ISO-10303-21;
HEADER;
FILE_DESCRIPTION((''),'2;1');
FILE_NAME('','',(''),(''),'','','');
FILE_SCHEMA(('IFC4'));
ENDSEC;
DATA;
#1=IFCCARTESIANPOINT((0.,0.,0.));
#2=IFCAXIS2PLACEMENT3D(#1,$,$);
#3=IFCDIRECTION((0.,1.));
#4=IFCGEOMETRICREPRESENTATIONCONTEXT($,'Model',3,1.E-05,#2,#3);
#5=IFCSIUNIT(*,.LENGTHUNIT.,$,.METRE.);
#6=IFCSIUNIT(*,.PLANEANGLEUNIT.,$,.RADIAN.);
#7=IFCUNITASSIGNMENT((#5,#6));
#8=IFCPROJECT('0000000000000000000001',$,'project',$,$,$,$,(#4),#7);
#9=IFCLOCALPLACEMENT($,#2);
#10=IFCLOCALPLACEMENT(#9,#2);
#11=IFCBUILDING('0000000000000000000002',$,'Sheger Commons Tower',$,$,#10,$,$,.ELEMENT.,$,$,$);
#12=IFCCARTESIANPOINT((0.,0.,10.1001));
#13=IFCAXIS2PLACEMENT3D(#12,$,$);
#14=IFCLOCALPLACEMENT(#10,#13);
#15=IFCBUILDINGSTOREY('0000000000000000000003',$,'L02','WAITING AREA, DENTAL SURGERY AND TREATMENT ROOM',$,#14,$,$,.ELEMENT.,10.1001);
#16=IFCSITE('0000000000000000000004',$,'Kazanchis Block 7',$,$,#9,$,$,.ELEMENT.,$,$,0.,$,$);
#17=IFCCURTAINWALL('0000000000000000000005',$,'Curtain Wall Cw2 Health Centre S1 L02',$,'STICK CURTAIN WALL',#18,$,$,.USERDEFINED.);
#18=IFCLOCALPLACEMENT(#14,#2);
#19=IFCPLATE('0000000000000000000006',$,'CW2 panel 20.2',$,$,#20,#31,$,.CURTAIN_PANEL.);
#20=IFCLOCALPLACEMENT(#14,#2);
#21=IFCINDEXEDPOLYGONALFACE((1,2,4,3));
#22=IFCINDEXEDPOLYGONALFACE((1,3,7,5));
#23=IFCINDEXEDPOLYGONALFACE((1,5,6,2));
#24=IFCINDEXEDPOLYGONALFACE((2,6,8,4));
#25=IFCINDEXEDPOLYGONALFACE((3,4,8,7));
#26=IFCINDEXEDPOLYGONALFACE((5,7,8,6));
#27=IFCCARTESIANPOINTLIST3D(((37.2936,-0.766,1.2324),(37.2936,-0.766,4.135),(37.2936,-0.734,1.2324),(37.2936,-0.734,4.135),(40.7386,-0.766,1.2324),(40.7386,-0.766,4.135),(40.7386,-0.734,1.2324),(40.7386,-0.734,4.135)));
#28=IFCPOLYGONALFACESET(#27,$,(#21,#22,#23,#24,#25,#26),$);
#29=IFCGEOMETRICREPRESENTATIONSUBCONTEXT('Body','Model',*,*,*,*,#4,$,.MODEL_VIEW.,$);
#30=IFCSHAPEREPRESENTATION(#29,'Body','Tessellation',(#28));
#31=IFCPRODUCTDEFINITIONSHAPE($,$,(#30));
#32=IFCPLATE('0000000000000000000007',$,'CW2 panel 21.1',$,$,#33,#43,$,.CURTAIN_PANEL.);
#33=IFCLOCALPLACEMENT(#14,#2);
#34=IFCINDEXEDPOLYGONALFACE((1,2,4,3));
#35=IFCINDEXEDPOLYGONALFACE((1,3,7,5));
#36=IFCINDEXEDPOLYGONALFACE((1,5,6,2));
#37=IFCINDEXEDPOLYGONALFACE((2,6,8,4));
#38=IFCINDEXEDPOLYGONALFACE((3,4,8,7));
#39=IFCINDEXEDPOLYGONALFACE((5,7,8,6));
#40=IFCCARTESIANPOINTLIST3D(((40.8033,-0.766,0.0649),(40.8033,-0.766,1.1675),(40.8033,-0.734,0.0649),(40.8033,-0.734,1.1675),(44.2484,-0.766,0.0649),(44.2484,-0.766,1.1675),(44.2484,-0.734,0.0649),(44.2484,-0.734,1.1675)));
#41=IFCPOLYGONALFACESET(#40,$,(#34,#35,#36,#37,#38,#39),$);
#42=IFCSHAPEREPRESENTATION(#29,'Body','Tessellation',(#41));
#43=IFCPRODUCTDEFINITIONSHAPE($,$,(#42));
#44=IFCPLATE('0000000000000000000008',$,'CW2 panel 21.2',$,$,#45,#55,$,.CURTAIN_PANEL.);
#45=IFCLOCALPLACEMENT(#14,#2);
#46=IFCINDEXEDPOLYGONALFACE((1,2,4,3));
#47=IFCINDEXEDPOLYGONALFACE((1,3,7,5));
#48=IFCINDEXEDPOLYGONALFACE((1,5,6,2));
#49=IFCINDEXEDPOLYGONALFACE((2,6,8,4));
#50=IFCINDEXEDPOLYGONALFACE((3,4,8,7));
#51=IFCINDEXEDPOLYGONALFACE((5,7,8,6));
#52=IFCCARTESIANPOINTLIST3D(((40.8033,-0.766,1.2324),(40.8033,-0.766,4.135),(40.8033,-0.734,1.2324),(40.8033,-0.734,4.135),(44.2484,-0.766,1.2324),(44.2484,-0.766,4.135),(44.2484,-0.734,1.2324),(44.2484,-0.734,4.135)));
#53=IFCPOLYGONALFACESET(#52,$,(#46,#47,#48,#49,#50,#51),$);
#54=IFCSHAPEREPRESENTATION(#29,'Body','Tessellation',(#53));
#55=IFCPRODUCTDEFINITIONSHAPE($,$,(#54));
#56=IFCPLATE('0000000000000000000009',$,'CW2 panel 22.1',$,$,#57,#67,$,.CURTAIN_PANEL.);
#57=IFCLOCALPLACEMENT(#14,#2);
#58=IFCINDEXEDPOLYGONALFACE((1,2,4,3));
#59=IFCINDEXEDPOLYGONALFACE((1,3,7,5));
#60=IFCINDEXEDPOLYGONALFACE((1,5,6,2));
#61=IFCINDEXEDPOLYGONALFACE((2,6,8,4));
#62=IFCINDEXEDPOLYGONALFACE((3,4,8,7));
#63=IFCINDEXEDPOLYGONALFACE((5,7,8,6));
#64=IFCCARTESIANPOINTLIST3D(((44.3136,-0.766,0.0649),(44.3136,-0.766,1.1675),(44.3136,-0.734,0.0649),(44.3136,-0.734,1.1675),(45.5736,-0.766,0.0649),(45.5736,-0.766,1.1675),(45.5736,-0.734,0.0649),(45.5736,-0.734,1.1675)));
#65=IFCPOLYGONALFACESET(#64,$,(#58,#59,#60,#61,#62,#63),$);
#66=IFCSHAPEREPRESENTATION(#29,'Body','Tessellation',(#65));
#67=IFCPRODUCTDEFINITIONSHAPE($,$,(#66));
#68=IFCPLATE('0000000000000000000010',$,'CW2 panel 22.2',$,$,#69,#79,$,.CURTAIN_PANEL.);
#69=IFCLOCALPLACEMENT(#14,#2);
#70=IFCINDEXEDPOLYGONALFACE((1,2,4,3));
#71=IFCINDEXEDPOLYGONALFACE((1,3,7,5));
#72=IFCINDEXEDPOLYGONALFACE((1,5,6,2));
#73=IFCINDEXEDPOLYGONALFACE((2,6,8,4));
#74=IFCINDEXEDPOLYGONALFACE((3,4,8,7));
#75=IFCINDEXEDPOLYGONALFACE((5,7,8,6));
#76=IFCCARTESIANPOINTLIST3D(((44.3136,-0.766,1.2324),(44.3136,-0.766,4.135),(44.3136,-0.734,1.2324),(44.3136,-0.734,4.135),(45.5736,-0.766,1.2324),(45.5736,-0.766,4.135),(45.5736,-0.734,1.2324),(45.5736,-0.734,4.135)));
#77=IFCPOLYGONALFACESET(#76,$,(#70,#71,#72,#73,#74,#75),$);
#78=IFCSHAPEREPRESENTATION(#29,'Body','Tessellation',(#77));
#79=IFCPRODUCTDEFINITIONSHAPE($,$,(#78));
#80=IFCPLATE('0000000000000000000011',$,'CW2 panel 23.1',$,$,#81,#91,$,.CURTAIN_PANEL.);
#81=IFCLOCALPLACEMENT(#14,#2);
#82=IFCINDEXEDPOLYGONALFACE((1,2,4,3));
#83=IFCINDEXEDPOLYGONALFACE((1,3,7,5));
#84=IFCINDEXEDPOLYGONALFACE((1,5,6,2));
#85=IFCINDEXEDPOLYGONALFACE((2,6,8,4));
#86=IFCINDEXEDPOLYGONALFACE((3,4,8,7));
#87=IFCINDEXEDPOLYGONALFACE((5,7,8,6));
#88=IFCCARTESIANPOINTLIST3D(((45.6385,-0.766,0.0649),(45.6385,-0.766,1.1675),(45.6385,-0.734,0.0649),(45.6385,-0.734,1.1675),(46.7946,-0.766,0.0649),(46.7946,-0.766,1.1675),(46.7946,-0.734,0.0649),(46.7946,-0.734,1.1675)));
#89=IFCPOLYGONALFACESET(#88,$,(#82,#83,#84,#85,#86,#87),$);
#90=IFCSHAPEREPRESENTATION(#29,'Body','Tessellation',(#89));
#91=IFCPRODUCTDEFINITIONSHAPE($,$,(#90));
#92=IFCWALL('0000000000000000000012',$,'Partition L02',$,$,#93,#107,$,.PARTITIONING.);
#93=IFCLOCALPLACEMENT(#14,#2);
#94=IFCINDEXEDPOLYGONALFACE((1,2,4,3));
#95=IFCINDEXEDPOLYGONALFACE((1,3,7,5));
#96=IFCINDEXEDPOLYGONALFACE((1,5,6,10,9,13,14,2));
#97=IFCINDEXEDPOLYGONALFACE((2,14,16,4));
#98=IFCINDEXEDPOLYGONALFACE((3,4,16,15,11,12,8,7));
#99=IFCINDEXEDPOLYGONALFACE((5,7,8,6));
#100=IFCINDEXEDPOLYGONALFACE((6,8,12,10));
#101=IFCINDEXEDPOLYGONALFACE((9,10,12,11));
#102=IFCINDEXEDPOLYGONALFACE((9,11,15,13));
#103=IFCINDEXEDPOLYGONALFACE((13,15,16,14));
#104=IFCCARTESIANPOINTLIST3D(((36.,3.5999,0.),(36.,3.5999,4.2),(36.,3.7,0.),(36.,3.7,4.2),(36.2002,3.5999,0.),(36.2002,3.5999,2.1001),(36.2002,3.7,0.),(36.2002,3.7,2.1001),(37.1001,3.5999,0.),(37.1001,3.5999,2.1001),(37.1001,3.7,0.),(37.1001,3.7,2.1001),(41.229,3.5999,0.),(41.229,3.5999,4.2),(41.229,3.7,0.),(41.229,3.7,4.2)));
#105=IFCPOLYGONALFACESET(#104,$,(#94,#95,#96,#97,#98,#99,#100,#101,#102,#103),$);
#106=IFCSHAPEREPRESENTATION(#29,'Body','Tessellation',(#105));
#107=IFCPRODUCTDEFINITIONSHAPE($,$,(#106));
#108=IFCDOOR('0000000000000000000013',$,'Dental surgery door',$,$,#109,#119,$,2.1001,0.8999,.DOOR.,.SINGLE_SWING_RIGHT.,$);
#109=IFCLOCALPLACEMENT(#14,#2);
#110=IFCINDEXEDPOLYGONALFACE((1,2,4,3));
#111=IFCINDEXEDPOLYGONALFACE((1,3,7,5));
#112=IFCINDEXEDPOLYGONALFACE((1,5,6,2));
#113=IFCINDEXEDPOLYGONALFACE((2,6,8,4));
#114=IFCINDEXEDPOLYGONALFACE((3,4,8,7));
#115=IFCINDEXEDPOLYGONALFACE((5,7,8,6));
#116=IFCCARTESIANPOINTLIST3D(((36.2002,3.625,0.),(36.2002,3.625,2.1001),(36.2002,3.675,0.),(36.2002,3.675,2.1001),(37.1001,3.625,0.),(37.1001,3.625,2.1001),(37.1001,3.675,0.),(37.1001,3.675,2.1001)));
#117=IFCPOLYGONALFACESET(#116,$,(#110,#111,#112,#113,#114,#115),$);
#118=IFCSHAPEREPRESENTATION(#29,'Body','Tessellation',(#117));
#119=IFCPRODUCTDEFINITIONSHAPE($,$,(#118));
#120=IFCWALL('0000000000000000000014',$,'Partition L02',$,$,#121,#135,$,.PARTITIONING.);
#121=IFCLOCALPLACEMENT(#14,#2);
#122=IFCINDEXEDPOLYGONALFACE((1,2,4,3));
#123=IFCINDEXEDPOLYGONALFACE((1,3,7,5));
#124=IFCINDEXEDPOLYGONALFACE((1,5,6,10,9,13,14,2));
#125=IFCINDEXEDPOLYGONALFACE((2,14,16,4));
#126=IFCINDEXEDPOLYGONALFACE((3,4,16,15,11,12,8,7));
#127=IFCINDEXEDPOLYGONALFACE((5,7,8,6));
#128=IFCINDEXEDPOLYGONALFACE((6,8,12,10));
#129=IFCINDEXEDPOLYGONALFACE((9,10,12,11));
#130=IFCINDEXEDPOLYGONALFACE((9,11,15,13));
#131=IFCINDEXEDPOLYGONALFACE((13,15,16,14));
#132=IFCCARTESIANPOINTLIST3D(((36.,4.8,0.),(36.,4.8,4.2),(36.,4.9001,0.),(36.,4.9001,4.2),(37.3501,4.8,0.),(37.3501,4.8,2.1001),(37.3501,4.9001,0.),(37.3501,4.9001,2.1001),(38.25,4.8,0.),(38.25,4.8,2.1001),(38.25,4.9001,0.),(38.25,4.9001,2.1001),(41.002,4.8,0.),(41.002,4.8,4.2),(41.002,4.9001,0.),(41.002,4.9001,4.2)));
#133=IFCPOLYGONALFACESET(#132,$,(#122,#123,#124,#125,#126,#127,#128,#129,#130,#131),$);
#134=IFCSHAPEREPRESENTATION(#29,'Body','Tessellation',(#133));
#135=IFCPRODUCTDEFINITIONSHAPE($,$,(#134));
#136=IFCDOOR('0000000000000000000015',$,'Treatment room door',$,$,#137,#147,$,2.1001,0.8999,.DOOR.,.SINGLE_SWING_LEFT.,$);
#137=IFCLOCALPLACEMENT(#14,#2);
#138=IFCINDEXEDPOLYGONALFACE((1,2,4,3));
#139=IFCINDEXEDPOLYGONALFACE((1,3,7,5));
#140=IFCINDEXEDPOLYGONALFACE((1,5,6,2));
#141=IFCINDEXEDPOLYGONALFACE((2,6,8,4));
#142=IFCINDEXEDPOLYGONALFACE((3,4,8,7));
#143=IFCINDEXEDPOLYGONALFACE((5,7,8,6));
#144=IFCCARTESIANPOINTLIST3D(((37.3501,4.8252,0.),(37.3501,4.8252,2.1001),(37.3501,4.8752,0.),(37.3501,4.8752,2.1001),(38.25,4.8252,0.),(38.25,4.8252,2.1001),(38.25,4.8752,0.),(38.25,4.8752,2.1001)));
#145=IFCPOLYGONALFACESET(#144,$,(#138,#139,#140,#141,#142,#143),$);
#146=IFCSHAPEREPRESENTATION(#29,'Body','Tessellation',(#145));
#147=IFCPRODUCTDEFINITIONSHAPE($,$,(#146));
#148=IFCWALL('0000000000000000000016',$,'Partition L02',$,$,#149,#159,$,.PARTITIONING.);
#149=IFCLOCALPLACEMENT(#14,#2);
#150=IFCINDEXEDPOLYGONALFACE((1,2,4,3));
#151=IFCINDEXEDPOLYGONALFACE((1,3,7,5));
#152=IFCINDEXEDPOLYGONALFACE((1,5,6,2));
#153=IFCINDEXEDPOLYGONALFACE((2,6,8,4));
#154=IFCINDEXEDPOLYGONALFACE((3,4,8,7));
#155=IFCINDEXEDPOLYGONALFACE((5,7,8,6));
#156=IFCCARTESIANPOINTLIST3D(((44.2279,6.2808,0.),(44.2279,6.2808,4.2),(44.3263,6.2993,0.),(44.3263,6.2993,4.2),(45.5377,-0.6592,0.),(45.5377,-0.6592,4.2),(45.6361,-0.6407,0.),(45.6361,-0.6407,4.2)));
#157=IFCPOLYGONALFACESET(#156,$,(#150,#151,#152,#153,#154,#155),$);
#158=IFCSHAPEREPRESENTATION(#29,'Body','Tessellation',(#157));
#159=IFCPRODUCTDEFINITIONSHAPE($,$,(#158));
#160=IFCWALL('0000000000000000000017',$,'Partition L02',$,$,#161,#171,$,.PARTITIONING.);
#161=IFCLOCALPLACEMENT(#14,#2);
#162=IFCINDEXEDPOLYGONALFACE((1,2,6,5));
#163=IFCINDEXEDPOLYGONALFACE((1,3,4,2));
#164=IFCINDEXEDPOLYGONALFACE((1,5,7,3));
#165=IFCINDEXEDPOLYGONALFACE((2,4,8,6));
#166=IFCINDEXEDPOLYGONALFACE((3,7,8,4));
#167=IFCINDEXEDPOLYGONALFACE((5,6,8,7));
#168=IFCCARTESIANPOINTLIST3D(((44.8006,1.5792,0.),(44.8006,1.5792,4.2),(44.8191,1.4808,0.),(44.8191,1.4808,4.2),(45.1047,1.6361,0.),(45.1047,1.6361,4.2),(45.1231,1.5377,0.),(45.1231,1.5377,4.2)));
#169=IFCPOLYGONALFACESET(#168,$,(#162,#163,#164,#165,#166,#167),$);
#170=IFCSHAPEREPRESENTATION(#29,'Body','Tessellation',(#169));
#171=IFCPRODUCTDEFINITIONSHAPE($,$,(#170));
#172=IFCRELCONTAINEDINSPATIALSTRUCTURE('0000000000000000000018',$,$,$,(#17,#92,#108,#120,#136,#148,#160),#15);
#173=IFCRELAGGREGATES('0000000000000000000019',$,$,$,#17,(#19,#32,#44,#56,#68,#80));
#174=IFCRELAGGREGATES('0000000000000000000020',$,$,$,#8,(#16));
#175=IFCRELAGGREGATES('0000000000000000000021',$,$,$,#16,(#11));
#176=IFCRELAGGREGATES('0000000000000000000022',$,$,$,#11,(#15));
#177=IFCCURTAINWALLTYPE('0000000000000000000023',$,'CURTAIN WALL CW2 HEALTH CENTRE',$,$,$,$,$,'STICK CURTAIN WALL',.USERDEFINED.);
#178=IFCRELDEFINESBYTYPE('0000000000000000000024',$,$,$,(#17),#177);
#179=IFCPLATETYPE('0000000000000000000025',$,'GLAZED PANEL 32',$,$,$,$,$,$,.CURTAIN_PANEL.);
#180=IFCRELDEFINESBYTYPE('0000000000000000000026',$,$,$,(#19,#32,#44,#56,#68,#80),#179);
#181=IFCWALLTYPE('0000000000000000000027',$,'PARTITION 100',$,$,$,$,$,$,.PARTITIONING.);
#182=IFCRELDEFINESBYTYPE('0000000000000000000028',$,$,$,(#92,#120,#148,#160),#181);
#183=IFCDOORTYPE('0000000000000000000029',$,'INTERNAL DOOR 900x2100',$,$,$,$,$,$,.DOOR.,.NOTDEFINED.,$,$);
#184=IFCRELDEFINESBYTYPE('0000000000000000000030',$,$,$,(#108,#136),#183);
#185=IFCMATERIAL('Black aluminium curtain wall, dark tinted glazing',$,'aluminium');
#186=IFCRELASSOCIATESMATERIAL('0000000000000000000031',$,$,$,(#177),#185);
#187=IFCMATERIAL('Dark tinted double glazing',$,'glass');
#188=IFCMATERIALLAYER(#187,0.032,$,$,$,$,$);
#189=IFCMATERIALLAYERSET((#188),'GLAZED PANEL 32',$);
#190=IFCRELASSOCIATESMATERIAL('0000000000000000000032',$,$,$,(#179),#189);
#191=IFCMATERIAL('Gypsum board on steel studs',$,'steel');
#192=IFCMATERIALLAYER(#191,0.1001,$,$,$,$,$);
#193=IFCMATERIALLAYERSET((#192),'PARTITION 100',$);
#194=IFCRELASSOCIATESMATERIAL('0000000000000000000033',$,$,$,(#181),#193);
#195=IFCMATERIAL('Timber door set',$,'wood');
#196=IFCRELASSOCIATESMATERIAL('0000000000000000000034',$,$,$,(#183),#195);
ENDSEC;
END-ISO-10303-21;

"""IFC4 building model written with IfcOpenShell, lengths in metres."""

from ifc_helpers import new_model, si_unit, direction, frame, frame_2d, origin, origin_2d, place, context, subcontext, project, spatial, rectangle, extrude, material, layer, layer_set, type_object, element, fill, aggregate, save


model = new_model("IFC4")

# Units and contexts
model_context = context("Model", 3, precision=1e-05, world=origin(), true_north=direction((0.0, 1.0)))
body_context = subcontext(model_context, "Body", "Model", "MODEL_VIEW")
ifc_project = project(units=[si_unit("LENGTHUNIT", "METRE"), si_unit("PLANEANGLEUNIT", "RADIAN")], contexts=[model_context])

# Site, building, storey
site_placement = place(None, origin())
site = spatial("IfcSite", under=ifc_project, at=site_placement, Name="Kazanchis Block 7", CompositionType="ELEMENT", RefElevation=0.0)
building_placement = place(site_placement, origin())
building = spatial("IfcBuilding", under=site, at=building_placement, Name="Sheger Commons Tower", CompositionType="ELEMENT")
storey_placement = place(building_placement, frame((0.0, 0.0, 10.1001)))
storey = spatial("IfcBuildingStorey", under=building, at=storey_placement, Name="L02", Description="WAITING AREA, DENTAL SURGERY AND TREATMENT ROOM", CompositionType="ELEMENT", Elevation=10.1001)

# Curtain wall, plates
ifc_material_1 = material(Name="Black aluminium curtain wall, dark tinted glazing", Category="aluminium")
curtain_wall_type = type_object("IfcCurtainWallType", Name="CURTAIN WALL CW2 HEALTH CENTRE", ElementType="STICK CURTAIN WALL", PredefinedType="USERDEFINED", material=ifc_material_1)
curtain_wall_placement = place(storey_placement, origin())
curtain_wall = element("IfcCurtainWall", 1, at=curtain_wall_placement, inside=storey, type_object=curtain_wall_type, Name="Curtain Wall Cw2 Health Centre S1 L02", ObjectType="STICK CURTAIN WALL", PredefinedType="USERDEFINED")
ifc_material_2 = material(Name="Dark tinted double glazing", Category="glass")
ifc_layer_1 = layer(ifc_material_2, 0.032)
ifc_layer_set_1 = layer_set([ifc_layer_1], Name="GLAZED PANEL 32")
plate_type = type_object("IfcPlateType", Name="GLAZED PANEL 32", PredefinedType="CURTAIN_PANEL", material=ifc_layer_set_1)
plate_1_placement = place(storey_placement, frame((39.0161, -0.75, 1.2324), z_axis=(0.0, 0.0, 1.0), x_axis=(1.0, 0.0, 0.0)))
plate_1 = element("IfcPlate", 2, at=plate_1_placement, type_object=plate_type, Name="CW2 panel 20.2", PredefinedType="CURTAIN_PANEL", context=body_context, shape_type="SweptSolid", body=[
    extrude(rectangle(XDim=3.4451, YDim=0.032, at=origin_2d()), origin(), (0.0, 0.0, 1.0), 2.9026),
])
plate_2_placement = place(storey_placement, frame((42.5259, -0.75, 0.0649), z_axis=(0.0, 0.0, 1.0), x_axis=(1.0, 0.0, 0.0)))
plate_2 = element("IfcPlate", 3, at=plate_2_placement, type_object=plate_type, Name="CW2 panel 21.1", PredefinedType="CURTAIN_PANEL", context=body_context, shape_type="SweptSolid", body=[
    extrude(rectangle(XDim=3.4451, YDim=0.032, at=origin_2d()), origin(), (0.0, 0.0, 1.0), 1.1025),
])
plate_3_placement = place(storey_placement, frame((42.5259, -0.75, 1.2324), z_axis=(0.0, 0.0, 1.0), x_axis=(1.0, 0.0, 0.0)))
plate_3 = element("IfcPlate", 4, at=plate_3_placement, type_object=plate_type, Name="CW2 panel 21.2", PredefinedType="CURTAIN_PANEL", context=body_context, shape_type="SweptSolid", body=[
    extrude(rectangle(XDim=3.4451, YDim=0.032, at=origin_2d()), origin(), (0.0, 0.0, 1.0), 2.9026),
])
plate_4_placement = place(storey_placement, frame((44.9436, -0.75, 0.0649), z_axis=(0.0, 0.0, 1.0), x_axis=(1.0, 0.0, 0.0)))
plate_4 = element("IfcPlate", 5, at=plate_4_placement, type_object=plate_type, Name="CW2 panel 22.1", PredefinedType="CURTAIN_PANEL", context=body_context, shape_type="SweptSolid", body=[
    extrude(rectangle(XDim=1.26, YDim=0.032, at=origin_2d()), origin(), (0.0, 0.0, 1.0), 1.1025),
])
plate_5_placement = place(storey_placement, frame((44.9436, -0.75, 1.2324), z_axis=(0.0, 0.0, 1.0), x_axis=(1.0, 0.0, 0.0)))
plate_5 = element("IfcPlate", 6, at=plate_5_placement, type_object=plate_type, Name="CW2 panel 22.2", PredefinedType="CURTAIN_PANEL", context=body_context, shape_type="SweptSolid", body=[
    extrude(rectangle(XDim=1.26, YDim=0.032, at=origin_2d()), origin(), (0.0, 0.0, 1.0), 2.9026),
])
plate_6_placement = place(storey_placement, frame((46.2166, -0.75, 0.0649), z_axis=(0.0, 0.0, 1.0), x_axis=(1.0, 0.0, 0.0)))
plate_6 = element("IfcPlate", 7, at=plate_6_placement, type_object=plate_type, Name="CW2 panel 23.1", PredefinedType="CURTAIN_PANEL", context=body_context, shape_type="SweptSolid", body=[
    extrude(rectangle(XDim=1.156, YDim=0.032, at=origin_2d()), origin(), (0.0, 0.0, 1.0), 1.1025),
])
aggregate(curtain_wall, [plate_1, plate_2, plate_3, plate_4, plate_5, plate_6])

# Walls, openings, doors
ifc_material_3 = material(Name="Gypsum board on steel studs", Category="steel")
ifc_layer_2 = layer(ifc_material_3, 0.1001)
ifc_layer_set_2 = layer_set([ifc_layer_2], Name="PARTITION 100")
wall_type = type_object("IfcWallType", Name="PARTITION 100", PredefinedType="PARTITIONING", material=ifc_layer_set_2)
wall_1_placement = place(storey_placement, frame((41.229, 3.6499, 0.0), z_axis=(0.0, 0.0, 1.0), x_axis=(-1.0, 0.0, 0.0)))
wall_1 = element("IfcWall", 8, at=wall_1_placement, inside=storey, type_object=wall_type, Name="Partition L02", PredefinedType="PARTITIONING", context=body_context, shape_type="SweptSolid", body=[
    extrude(rectangle(XDim=5.229, YDim=0.1001, at=frame_2d((2.6145, 0.0))), origin(), (0.0, 0.0, 1.0), 4.2),
])
opening_1_placement = place(wall_1_placement, frame((4.1289, 0.0, 0.0)))
opening_1 = element("IfcOpeningElement", 9, at=opening_1_placement, cuts=wall_1, PredefinedType="OPENING", context=body_context, shape_type="SweptSolid", body=[
    extrude(rectangle(XDim=0.8999, YDim=2.1001, at=frame_2d((0.45, 1.05))), frame((0.0, 0.0601, 0.0), z_axis=(0.0, -1.0, 0.0), x_axis=(1.0, 0.0, 0.0)), (0.0, 0.0, 1.0), 0.1201),
])
ifc_material_4 = material(Name="Timber door set", Category="wood")
door_type = type_object("IfcDoorType", Name="INTERNAL DOOR 900x2100", OperationType="NOTDEFINED", PredefinedType="DOOR", material=ifc_material_4)
door_1_placement = place(opening_1_placement, origin())
door_1 = element("IfcDoor", 10, at=door_1_placement, inside=storey, type_object=door_type, Name="Dental surgery door", OperationType="SINGLE_SWING_RIGHT", OverallHeight=2.1001, OverallWidth=0.8999, PredefinedType="DOOR", context=body_context, shape_type="SweptSolid", body=[
    extrude(rectangle(XDim=0.8999, YDim=2.1001, at=frame_2d((0.45, 1.05))), frame((0.0, 0.0249, 0.0), z_axis=(0.0, -1.0, 0.0), x_axis=(1.0, 0.0, 0.0)), (0.0, 0.0, 1.0), 0.05),
])
fill(opening_1, door_1)
wall_2_placement = place(storey_placement, frame((41.002, 4.8501, 0.0), z_axis=(0.0, 0.0, 1.0), x_axis=(-1.0, 0.0, 0.0)))
wall_2 = element("IfcWall", 11, at=wall_2_placement, inside=storey, type_object=wall_type, Name="Partition L02", PredefinedType="PARTITIONING", context=body_context, shape_type="SweptSolid", body=[
    extrude(rectangle(XDim=5.002, YDim=0.1001, at=frame_2d((2.501, 0.0))), origin(), (0.0, 0.0, 1.0), 4.2),
])
opening_2_placement = place(wall_2_placement, frame((2.752, 0.0, 0.0)))
opening_2 = element("IfcOpeningElement", 12, at=opening_2_placement, cuts=wall_2, PredefinedType="OPENING", context=body_context, shape_type="SweptSolid", body=[
    extrude(rectangle(XDim=0.8999, YDim=2.1001, at=frame_2d((0.45, 1.05))), frame((0.0, 0.0601, 0.0), z_axis=(0.0, -1.0, 0.0), x_axis=(1.0, 0.0, 0.0)), (0.0, 0.0, 1.0), 0.1201),
])
door_2_placement = place(opening_2_placement, origin())
door_2 = element("IfcDoor", 13, at=door_2_placement, inside=storey, type_object=door_type, Name="Treatment room door", OperationType="SINGLE_SWING_LEFT", OverallHeight=2.1001, OverallWidth=0.8999, PredefinedType="DOOR", context=body_context, shape_type="SweptSolid", body=[
    extrude(rectangle(XDim=0.8999, YDim=2.1001, at=frame_2d((0.45, 1.05))), frame((0.0, 0.0249, 0.0), z_axis=(0.0, -1.0, 0.0), x_axis=(1.0, 0.0, 0.0)), (0.0, 0.0, 1.0), 0.05),
])
fill(opening_2, door_2)

# Walls
wall_3_placement = place(storey_placement, frame((44.2771, 6.29, 0.0), z_axis=(0.0, 0.0, 1.0), x_axis=(0.185461, -0.982652, 0.0)))
element("IfcWall", 14, at=wall_3_placement, inside=storey, type_object=wall_type, Name="Partition L02", PredefinedType="PARTITIONING", context=body_context, shape_type="SweptSolid", body=[
    extrude(rectangle(XDim=7.0625, YDim=0.1001, at=frame_2d((3.5312, 0.0))), origin(), (0.0, 0.0, 1.0), 4.2),
])
wall_4_placement = place(storey_placement, frame((45.114, 1.5869, 0.0), z_axis=(0.0, 0.0, 1.0), x_axis=(-0.982935, -0.183955, 0.0)))
element("IfcWall", 15, at=wall_4_placement, inside=storey, type_object=wall_type, Name="Partition L02", PredefinedType="PARTITIONING", context=body_context, shape_type="SweptSolid", body=[
    extrude(rectangle(XDim=0.3093, YDim=0.1001, at=frame_2d((0.1548, 0.0))), origin(), (0.0, 0.0, 1.0), 4.2),
])

save(model, "model.ifc")
